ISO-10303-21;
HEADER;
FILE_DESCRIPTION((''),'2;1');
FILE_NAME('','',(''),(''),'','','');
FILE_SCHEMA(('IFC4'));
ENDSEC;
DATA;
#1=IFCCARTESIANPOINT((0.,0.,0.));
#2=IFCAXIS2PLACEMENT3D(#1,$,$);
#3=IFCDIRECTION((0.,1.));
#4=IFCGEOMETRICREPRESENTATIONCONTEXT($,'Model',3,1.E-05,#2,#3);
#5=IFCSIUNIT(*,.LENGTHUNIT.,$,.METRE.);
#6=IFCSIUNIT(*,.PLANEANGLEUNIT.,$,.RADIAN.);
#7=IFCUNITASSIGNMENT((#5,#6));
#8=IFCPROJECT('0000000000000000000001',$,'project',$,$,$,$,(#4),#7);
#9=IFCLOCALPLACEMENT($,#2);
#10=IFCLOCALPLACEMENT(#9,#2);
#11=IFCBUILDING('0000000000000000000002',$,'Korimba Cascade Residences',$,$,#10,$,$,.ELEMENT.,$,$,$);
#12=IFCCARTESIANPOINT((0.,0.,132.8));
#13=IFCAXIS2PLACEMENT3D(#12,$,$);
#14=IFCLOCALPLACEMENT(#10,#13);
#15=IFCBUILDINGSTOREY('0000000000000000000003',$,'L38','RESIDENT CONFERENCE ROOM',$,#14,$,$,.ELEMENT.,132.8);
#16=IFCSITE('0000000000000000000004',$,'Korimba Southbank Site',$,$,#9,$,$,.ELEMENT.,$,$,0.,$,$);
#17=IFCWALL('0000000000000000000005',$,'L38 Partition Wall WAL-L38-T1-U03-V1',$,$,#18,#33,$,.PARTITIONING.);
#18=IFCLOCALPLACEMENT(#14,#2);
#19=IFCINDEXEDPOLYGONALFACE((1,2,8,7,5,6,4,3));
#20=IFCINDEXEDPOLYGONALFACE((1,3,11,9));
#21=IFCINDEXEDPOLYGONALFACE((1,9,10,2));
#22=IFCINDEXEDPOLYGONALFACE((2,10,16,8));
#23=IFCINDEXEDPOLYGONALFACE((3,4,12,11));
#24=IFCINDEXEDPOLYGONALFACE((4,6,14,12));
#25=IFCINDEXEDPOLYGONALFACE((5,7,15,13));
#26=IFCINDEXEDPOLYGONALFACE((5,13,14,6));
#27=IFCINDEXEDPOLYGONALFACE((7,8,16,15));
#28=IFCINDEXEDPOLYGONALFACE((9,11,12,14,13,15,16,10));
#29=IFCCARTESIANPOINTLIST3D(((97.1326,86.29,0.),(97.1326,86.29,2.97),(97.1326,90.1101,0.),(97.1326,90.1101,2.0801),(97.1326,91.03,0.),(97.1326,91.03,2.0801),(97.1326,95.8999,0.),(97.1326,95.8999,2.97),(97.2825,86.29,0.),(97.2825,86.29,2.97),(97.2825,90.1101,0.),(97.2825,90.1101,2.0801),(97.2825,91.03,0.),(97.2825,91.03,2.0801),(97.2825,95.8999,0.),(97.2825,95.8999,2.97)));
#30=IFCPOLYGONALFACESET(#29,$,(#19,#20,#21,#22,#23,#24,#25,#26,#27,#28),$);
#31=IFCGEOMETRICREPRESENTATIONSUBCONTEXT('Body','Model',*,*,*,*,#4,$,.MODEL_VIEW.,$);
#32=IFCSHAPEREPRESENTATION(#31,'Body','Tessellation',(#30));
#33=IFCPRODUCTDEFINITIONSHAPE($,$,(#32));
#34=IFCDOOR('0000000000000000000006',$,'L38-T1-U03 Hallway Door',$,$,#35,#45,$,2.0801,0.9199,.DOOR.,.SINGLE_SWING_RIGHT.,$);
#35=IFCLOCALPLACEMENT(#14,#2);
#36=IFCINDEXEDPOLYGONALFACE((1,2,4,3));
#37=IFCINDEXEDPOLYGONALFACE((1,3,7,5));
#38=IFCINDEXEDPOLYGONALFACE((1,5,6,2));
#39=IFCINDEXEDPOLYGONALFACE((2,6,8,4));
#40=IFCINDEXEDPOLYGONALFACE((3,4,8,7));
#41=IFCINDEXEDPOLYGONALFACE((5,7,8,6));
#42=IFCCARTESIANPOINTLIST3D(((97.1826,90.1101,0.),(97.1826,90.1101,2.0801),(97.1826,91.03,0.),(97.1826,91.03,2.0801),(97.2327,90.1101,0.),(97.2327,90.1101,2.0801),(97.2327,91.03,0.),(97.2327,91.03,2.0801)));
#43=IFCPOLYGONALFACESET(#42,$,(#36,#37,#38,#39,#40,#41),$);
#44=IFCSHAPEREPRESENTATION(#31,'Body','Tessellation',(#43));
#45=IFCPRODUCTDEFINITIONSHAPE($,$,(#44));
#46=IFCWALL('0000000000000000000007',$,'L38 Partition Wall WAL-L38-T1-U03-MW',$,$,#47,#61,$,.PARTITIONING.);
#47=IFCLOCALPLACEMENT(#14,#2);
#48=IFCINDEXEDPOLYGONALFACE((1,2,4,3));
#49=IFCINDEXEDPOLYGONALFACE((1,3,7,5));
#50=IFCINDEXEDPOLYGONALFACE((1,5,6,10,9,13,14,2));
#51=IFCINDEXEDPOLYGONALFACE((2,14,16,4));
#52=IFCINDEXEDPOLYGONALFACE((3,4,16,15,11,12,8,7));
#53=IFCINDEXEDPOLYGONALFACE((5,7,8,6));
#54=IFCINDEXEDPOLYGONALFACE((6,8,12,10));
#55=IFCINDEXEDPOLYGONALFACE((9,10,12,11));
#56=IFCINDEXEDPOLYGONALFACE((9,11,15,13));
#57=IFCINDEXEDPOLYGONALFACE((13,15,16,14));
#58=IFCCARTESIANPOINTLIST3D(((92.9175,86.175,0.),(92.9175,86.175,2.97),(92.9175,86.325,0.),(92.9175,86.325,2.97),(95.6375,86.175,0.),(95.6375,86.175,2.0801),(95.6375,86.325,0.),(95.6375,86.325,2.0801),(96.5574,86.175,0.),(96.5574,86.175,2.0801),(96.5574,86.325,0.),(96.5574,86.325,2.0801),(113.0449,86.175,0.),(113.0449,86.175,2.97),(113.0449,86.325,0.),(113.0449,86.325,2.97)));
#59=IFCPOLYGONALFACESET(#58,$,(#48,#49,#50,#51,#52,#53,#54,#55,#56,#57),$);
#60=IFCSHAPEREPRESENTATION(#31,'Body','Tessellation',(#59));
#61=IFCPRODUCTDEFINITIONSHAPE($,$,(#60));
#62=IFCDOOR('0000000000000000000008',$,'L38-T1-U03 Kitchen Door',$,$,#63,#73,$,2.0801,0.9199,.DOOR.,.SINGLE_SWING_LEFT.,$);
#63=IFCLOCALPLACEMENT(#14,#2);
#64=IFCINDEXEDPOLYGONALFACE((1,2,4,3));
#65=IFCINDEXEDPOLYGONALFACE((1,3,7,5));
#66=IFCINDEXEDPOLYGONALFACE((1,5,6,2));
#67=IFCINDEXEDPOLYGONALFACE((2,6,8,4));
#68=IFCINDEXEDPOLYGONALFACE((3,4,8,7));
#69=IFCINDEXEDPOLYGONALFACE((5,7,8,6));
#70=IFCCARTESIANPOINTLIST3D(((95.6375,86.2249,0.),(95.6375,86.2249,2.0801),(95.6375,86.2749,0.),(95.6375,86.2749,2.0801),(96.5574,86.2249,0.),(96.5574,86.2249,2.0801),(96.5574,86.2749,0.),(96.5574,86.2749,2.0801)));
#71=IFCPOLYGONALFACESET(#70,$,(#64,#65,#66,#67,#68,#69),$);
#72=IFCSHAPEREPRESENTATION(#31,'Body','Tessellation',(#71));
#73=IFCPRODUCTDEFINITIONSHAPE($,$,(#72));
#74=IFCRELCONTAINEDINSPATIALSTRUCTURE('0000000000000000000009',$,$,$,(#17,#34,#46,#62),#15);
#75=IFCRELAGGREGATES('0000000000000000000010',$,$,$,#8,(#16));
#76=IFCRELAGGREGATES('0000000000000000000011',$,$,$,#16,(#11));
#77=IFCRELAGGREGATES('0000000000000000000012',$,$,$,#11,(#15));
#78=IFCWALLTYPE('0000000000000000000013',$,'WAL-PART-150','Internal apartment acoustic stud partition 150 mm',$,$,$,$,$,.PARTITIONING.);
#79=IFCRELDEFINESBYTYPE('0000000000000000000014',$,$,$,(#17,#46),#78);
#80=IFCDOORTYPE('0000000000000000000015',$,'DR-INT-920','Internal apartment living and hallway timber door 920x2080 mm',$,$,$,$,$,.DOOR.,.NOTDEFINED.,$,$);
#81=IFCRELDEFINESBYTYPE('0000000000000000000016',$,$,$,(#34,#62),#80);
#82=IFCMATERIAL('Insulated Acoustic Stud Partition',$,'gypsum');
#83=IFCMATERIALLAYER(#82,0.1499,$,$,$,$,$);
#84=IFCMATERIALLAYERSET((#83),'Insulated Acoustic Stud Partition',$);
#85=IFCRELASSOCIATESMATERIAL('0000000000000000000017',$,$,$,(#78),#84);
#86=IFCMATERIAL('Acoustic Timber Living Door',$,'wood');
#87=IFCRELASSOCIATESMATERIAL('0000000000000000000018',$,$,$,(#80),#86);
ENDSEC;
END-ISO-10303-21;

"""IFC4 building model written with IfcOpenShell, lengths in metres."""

from ifc_helpers import new_model, si_unit, direction, frame, frame_2d, origin, place, context, subcontext, project, spatial, rectangle, extrude, material, layer, layer_set, type_object, element, fill, save


model = new_model("IFC4")

# Units and contexts
model_context = context("Model", 3, precision=1e-05, world=origin(), true_north=direction((0.0, 1.0)))
body_context = subcontext(model_context, "Body", "Model", "MODEL_VIEW")
ifc_project = project(units=[si_unit("LENGTHUNIT", "METRE"), si_unit("PLANEANGLEUNIT", "RADIAN")], contexts=[model_context])

# Site, building, storey
site_placement = place(None, origin())
site = spatial("IfcSite", under=ifc_project, at=site_placement, Name="Korimba Southbank Site", CompositionType="ELEMENT", RefElevation=0.0)
building_placement = place(site_placement, origin())
building = spatial("IfcBuilding", under=site, at=building_placement, Name="Korimba Cascade Residences", CompositionType="ELEMENT")
storey_placement = place(building_placement, frame((0.0, 0.0, 132.8)))
storey = spatial("IfcBuildingStorey", under=building, at=storey_placement, Name="L38", Description="RESIDENT CONFERENCE ROOM", CompositionType="ELEMENT", Elevation=132.8)

# Shared definitions
ifc_material_1 = material(Name="Insulated Acoustic Stud Partition", Category="gypsum")
ifc_layer_1 = layer(ifc_material_1, 0.1499)
ifc_layer_set_1 = layer_set([ifc_layer_1], Name="Insulated Acoustic Stud Partition")
wall_type_1 = type_object("IfcWallType", Name="WAL-PART-150", Description="Internal apartment acoustic stud partition 150 mm", PredefinedType="PARTITIONING", material=ifc_layer_set_1)

# Walls, openings, doors
wall_1_placement = place(storey_placement, frame((97.2075, 86.29, 0.0), z_axis=(0.0, 0.0, 1.0), x_axis=(0.0, 1.0, 0.0)))
wall_1 = element("IfcWall", 1, at=wall_1_placement, inside=storey, type_object=wall_type_1, Name="L38 Partition Wall WAL-L38-T1-U03-V1", PredefinedType="PARTITIONING", context=body_context, shape_type="SweptSolid", body=[
    extrude(rectangle(XDim=9.6099, YDim=0.1499, at=frame_2d((4.8049, 0.0))), origin(), (0.0, 0.0, 1.0), 2.97),
])
opening_1_placement = place(wall_1_placement, frame((3.8201, 0.0, 0.0)))
opening_1 = element("IfcOpeningElement", 2, at=opening_1_placement, cuts=wall_1, PredefinedType="OPENING", context=body_context, shape_type="SweptSolid", body=[
    extrude(rectangle(XDim=0.9199, YDim=2.0801, at=frame_2d((0.46, 1.04))), frame((0.0, 0.085, 0.0), z_axis=(0.0, -1.0, 0.0), x_axis=(1.0, 0.0, 0.0)), (0.0, 0.0, 1.0), 0.1699),
])
ifc_material_2 = material(Name="Acoustic Timber Living Door", Category="wood")
door_type_1 = type_object("IfcDoorType", Name="DR-INT-920", Description="Internal apartment living and hallway timber door 920x2080 mm", OperationType="NOTDEFINED", PredefinedType="DOOR", material=ifc_material_2)
door_1_placement = place(opening_1_placement, origin())
door_1 = element("IfcDoor", 3, at=door_1_placement, inside=storey, type_object=door_type_1, Name="L38-T1-U03 Hallway Door", OperationType="SINGLE_SWING_RIGHT", OverallHeight=2.0801, OverallWidth=0.9199, PredefinedType="DOOR", context=body_context, shape_type="SweptSolid", body=[
    extrude(rectangle(XDim=0.9199, YDim=2.0801, at=frame_2d((0.46, 1.04))), frame((0.0, 0.0249, 0.0), z_axis=(0.0, -1.0, 0.0), x_axis=(1.0, 0.0, 0.0)), (0.0, 0.0, 1.0), 0.05),
])
fill(opening_1, door_1)
wall_2_placement = place(storey_placement, frame((92.9175, 86.25, 0.0), z_axis=(0.0, 0.0, 1.0), x_axis=(1.0, 0.0, 0.0)))
wall_2 = element("IfcWall", 4, at=wall_2_placement, inside=storey, type_object=wall_type_1, Name="L38 Partition Wall WAL-L38-T1-U03-MW", PredefinedType="PARTITIONING", context=body_context, shape_type="SweptSolid", body=[
    extrude(rectangle(XDim=20.1274, YDim=0.1499, at=frame_2d((10.0637, 0.0))), origin(), (0.0, 0.0, 1.0), 2.97),
])
opening_2_placement = place(wall_2_placement, frame((2.72, 0.0, 0.0)))
opening_2 = element("IfcOpeningElement", 5, at=opening_2_placement, cuts=wall_2, PredefinedType="OPENING", context=body_context, shape_type="SweptSolid", body=[
    extrude(rectangle(XDim=0.9199, YDim=2.0801, at=frame_2d((0.46, 1.04))), frame((0.0, 0.085, 0.0), z_axis=(0.0, -1.0, 0.0), x_axis=(1.0, 0.0, 0.0)), (0.0, 0.0, 1.0), 0.1699),
])
door_2_placement = place(opening_2_placement, origin())
door_2 = element("IfcDoor", 6, at=door_2_placement, inside=storey, type_object=door_type_1, Name="L38-T1-U03 Kitchen Door", OperationType="SINGLE_SWING_LEFT", OverallHeight=2.0801, OverallWidth=0.9199, PredefinedType="DOOR", context=body_context, shape_type="SweptSolid", body=[
    extrude(rectangle(XDim=0.9199, YDim=2.0801, at=frame_2d((0.46, 1.04))), frame((0.0, 0.0249, 0.0), z_axis=(0.0, -1.0, 0.0), x_axis=(1.0, 0.0, 0.0)), (0.0, 0.0, 1.0), 0.05),
])
fill(opening_2, door_2)

save(model, "model.ifc")
